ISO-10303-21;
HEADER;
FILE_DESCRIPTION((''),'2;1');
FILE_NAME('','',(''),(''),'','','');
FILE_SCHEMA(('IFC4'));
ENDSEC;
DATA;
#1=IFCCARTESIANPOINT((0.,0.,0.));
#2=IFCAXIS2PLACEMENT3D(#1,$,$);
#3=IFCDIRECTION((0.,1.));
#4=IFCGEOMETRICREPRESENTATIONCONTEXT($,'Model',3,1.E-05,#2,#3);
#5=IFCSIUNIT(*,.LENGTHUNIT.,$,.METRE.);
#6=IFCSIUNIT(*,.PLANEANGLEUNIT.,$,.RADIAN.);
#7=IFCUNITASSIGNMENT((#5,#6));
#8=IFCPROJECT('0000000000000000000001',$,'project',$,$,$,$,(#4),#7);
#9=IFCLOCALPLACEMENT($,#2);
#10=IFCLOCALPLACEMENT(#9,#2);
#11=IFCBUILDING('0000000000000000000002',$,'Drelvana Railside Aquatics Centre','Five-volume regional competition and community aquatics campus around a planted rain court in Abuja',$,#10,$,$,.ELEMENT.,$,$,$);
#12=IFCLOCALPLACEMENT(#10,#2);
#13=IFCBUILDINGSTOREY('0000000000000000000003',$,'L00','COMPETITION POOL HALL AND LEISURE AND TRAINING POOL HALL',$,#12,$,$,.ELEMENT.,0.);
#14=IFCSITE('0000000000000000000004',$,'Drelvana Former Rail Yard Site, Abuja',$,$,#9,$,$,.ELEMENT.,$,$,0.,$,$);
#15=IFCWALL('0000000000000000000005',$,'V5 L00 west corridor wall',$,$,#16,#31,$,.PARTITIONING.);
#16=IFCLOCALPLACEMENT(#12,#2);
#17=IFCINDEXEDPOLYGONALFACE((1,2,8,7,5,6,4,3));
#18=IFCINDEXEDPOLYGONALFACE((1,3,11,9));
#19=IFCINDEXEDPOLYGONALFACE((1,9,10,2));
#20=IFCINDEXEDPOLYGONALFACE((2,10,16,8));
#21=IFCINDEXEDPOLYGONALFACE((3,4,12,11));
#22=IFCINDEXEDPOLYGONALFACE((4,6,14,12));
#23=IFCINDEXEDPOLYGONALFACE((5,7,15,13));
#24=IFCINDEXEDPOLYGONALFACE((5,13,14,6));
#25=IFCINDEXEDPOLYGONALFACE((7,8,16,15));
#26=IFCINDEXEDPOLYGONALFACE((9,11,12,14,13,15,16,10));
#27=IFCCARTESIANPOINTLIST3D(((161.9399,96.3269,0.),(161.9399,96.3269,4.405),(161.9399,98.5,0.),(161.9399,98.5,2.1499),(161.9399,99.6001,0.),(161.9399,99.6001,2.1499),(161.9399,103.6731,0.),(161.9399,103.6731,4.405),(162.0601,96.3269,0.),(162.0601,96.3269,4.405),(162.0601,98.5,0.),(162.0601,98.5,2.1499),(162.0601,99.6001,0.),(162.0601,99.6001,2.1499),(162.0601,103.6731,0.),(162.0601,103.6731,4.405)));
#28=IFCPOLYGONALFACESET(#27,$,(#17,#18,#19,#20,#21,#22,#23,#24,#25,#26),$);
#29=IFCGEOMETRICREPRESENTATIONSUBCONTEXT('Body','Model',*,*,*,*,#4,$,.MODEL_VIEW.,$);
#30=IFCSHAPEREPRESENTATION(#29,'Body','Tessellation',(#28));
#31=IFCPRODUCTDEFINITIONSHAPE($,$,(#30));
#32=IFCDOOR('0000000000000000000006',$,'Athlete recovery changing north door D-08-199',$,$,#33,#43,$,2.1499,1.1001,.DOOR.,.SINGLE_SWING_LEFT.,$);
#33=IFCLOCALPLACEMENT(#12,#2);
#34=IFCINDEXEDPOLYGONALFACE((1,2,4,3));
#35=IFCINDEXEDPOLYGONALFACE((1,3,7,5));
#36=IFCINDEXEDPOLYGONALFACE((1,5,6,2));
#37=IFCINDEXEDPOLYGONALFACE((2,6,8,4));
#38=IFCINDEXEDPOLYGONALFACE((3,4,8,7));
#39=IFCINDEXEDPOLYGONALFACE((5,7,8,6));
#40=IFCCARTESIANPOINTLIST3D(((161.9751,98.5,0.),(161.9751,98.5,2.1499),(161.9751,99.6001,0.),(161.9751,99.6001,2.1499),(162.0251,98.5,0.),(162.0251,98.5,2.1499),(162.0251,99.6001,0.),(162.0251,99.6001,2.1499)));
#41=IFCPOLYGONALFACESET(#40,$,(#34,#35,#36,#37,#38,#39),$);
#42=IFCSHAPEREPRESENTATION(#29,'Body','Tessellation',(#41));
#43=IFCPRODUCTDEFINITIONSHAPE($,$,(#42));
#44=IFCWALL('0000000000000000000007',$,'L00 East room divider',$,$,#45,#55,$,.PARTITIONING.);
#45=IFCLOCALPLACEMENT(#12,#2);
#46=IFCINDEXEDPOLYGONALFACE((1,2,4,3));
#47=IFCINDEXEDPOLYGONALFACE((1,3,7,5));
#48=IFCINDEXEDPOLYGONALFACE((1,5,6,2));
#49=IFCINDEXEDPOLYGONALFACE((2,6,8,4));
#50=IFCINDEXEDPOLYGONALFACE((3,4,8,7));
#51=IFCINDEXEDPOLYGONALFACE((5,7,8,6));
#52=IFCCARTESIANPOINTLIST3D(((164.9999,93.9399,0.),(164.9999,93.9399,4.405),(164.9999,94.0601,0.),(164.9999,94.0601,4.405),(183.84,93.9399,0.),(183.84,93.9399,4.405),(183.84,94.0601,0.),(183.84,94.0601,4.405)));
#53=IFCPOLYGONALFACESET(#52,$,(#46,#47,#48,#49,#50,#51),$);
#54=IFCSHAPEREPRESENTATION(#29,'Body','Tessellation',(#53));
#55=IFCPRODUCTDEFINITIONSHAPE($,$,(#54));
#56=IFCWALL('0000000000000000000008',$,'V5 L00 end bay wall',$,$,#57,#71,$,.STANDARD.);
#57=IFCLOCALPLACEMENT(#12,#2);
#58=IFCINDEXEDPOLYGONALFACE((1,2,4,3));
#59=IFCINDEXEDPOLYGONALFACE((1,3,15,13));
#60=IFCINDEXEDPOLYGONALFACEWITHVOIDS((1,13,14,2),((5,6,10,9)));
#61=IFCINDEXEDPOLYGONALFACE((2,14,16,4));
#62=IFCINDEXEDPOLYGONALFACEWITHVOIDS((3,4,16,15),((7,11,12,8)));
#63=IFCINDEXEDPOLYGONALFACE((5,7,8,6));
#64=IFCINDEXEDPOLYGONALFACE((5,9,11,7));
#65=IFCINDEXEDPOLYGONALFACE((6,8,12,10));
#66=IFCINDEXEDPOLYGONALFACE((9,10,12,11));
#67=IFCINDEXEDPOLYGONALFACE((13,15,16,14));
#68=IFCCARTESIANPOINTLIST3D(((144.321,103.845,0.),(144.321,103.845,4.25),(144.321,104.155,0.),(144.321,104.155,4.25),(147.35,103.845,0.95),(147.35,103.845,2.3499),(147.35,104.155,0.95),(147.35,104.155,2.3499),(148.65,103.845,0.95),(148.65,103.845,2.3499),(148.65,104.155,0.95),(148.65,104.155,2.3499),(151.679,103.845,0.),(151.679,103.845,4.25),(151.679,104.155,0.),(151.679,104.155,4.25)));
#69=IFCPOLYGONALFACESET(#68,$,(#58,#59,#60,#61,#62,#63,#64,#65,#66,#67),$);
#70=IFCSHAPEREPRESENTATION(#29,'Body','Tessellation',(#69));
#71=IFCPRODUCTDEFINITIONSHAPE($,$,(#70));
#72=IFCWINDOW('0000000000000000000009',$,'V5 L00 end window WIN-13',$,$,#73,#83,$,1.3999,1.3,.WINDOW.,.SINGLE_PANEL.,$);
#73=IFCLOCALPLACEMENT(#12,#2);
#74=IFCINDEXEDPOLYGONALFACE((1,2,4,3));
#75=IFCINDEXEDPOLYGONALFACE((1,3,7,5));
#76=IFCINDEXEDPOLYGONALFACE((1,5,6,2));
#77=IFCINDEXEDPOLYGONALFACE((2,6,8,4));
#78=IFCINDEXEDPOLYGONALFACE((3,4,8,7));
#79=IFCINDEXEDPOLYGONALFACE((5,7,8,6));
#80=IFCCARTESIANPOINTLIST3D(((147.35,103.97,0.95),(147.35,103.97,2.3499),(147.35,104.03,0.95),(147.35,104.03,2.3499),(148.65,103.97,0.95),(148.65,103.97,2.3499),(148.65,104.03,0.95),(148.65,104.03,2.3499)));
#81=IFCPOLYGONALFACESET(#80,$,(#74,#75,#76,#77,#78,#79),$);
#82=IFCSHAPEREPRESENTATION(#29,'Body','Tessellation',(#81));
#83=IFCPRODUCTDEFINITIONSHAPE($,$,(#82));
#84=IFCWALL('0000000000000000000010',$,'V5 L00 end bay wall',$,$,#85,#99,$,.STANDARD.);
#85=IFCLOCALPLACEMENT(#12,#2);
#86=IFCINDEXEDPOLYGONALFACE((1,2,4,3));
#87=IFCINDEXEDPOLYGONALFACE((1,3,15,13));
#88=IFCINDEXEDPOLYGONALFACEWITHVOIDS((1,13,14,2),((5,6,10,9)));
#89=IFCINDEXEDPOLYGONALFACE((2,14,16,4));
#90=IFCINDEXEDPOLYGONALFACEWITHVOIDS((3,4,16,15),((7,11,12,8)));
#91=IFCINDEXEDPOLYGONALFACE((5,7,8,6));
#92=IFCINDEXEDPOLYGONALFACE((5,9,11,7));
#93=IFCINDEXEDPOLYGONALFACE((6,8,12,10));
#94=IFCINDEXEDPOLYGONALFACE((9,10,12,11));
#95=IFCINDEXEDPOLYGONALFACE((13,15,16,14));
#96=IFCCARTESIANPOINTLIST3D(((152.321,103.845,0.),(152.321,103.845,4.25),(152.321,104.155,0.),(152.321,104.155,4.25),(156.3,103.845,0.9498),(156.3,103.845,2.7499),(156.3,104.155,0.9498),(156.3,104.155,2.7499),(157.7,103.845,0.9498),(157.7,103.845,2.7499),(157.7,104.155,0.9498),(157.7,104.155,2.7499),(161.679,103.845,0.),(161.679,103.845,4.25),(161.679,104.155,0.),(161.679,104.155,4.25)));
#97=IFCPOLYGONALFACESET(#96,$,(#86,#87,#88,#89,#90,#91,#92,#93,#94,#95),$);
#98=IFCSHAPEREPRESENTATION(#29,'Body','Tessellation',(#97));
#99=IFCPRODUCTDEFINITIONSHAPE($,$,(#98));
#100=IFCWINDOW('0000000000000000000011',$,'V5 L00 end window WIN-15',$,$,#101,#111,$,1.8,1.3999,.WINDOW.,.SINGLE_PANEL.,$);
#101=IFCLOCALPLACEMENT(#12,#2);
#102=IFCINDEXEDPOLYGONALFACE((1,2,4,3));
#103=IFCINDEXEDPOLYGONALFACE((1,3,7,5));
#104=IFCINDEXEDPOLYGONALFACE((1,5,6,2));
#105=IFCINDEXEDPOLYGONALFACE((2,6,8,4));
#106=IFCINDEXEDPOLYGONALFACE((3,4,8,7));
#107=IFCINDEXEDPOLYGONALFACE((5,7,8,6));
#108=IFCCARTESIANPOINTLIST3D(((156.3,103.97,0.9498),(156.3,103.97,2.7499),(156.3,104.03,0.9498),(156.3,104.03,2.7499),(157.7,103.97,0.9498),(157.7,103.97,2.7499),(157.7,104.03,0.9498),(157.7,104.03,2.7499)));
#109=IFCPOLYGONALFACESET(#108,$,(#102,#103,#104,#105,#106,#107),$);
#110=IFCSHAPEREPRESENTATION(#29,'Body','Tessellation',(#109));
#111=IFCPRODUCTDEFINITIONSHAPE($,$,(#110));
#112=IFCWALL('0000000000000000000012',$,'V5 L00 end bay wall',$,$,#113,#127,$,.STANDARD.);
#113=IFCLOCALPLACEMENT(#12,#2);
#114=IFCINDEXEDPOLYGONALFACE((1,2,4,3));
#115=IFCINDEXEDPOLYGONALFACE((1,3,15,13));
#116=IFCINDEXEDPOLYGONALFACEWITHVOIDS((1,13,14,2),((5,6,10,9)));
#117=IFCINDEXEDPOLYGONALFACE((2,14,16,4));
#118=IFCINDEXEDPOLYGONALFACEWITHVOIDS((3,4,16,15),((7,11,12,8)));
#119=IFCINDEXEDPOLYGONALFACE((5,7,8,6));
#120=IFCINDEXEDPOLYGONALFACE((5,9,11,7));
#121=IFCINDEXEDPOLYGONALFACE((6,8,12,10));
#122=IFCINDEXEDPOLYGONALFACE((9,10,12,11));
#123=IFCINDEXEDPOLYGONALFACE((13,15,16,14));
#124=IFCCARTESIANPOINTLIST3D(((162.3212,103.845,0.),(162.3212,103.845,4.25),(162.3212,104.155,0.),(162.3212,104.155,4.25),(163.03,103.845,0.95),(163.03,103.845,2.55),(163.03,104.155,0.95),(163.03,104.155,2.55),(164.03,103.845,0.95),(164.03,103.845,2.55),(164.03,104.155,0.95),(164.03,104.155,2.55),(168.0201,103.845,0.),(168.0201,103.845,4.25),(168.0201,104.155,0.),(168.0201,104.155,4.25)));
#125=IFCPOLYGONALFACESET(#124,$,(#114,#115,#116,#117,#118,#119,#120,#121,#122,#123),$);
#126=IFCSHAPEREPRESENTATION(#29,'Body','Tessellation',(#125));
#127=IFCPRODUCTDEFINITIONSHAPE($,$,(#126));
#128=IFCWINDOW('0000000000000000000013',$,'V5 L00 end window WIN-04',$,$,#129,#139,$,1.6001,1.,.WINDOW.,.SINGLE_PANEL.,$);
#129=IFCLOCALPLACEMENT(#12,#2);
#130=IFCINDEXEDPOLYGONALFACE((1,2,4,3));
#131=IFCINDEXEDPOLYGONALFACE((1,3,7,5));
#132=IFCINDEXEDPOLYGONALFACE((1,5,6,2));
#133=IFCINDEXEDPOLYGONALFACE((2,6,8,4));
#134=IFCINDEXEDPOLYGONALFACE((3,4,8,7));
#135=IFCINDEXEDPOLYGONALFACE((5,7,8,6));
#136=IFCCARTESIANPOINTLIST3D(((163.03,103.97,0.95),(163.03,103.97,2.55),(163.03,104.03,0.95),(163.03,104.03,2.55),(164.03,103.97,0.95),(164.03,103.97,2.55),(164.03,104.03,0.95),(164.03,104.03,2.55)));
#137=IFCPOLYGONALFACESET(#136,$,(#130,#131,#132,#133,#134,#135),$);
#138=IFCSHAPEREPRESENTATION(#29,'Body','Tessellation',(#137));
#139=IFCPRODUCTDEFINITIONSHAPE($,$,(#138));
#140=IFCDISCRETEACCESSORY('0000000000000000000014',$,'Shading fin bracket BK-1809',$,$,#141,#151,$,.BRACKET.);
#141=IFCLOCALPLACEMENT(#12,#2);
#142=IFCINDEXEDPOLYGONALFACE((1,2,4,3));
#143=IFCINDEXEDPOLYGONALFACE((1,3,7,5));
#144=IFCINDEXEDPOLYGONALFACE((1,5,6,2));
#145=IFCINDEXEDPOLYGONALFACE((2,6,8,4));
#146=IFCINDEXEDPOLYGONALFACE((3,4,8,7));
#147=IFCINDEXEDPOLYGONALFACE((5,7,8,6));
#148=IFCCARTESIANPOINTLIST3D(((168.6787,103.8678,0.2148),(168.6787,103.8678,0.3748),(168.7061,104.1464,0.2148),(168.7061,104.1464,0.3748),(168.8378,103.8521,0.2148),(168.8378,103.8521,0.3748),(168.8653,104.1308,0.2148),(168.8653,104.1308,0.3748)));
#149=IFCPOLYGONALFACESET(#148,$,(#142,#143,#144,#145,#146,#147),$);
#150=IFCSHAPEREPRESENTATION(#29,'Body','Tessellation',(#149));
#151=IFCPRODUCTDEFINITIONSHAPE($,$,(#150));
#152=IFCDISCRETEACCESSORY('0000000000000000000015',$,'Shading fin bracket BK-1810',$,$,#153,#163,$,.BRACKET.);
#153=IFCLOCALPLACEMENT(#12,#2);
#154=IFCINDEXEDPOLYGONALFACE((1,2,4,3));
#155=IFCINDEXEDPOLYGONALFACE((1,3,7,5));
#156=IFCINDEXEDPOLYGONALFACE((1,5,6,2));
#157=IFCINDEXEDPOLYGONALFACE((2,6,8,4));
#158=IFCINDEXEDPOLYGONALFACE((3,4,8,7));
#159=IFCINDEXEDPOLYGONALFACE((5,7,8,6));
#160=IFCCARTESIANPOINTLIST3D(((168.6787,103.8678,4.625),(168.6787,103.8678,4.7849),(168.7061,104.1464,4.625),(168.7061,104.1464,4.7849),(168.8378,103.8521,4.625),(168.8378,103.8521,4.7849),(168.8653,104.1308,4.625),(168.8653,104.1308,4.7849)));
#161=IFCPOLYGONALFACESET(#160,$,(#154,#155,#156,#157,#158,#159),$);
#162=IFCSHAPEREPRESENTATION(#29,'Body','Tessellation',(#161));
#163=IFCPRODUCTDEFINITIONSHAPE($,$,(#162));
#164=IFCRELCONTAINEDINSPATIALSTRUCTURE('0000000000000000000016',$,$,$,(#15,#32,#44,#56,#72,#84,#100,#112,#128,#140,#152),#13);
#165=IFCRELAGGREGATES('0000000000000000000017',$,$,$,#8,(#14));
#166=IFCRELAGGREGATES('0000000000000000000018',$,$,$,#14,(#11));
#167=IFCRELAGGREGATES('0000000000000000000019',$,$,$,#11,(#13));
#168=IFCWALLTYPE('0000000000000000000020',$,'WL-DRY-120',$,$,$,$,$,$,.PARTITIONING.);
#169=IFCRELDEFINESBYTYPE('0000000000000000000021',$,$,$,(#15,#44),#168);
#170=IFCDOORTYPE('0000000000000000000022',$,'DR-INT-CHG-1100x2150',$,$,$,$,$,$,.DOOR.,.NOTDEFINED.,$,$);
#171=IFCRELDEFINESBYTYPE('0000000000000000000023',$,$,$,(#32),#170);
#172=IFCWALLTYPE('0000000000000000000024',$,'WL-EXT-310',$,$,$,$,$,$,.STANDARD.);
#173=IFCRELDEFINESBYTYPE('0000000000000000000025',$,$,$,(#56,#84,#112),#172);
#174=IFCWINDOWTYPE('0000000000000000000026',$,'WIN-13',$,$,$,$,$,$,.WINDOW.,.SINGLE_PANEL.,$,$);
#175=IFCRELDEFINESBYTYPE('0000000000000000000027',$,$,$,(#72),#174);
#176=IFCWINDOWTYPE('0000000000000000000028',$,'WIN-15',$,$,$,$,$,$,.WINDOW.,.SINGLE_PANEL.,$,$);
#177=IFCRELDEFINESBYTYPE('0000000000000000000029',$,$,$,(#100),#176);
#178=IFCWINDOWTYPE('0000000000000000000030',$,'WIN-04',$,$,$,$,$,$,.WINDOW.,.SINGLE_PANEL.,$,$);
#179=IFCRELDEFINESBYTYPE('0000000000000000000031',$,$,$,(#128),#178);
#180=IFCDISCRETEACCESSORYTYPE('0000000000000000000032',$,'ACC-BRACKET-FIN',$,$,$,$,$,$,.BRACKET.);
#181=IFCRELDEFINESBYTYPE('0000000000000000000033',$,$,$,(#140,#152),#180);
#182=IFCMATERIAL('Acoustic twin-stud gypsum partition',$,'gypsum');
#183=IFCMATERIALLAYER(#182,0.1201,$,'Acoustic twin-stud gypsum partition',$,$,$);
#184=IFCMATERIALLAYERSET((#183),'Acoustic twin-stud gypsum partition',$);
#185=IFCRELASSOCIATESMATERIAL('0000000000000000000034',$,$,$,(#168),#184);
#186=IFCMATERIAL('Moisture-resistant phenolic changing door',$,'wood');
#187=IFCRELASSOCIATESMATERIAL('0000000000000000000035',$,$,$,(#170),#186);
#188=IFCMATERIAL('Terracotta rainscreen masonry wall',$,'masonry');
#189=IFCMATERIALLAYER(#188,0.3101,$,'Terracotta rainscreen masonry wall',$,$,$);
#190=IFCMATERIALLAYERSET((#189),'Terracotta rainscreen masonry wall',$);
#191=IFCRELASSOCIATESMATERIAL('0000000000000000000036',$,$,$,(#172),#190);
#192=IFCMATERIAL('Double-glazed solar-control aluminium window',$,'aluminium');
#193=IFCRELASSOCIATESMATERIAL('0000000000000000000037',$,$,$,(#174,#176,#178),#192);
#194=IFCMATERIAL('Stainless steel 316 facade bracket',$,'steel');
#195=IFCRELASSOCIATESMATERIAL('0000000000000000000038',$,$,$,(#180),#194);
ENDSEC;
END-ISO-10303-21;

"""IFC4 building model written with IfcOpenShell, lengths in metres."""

from ifc_helpers import new_model, si_unit, direction, frame, frame_2d, origin, origin_2d, place, context, subcontext, project, spatial, rectangle, extrude, material, layer, layer_set, type_object, element, fill, save


model = new_model("IFC4")

# Units and contexts
model_context = context("Model", 3, precision=1e-05, world=origin(), true_north=direction((0.0, 1.0)))
body_context = subcontext(model_context, "Body", "Model", "MODEL_VIEW")
ifc_project = project(units=[si_unit("LENGTHUNIT", "METRE"), si_unit("PLANEANGLEUNIT", "RADIAN")], contexts=[model_context])

# Site, building, storey
site_placement = place(None, origin())
site = spatial("IfcSite", under=ifc_project, at=site_placement, Name="Drelvana Former Rail Yard Site, Abuja", CompositionType="ELEMENT", RefElevation=0.0)
building_placement = place(site_placement, origin())
building = spatial("IfcBuilding", under=site, at=building_placement, Name="Drelvana Railside Aquatics Centre", Description="Five-volume regional competition and community aquatics campus around a planted rain court in Abuja", CompositionType="ELEMENT")
storey_placement = place(building_placement, origin())
storey = spatial("IfcBuildingStorey", under=building, at=storey_placement, Name="L00", Description="COMPETITION POOL HALL AND LEISURE AND TRAINING POOL HALL", CompositionType="ELEMENT", Elevation=0.0)

# Shared definitions
ifc_material_1 = material(Name="Acoustic twin-stud gypsum partition", Category="gypsum")
ifc_layer_1 = layer(ifc_material_1, 0.1201, Name="Acoustic twin-stud gypsum partition")
ifc_layer_set_1 = layer_set([ifc_layer_1], Name="Acoustic twin-stud gypsum partition")
wall_type_1 = type_object("IfcWallType", Name="WL-DRY-120", PredefinedType="PARTITIONING", material=ifc_layer_set_1)

# Wall, opening, door
wall_1_placement = place(storey_placement, frame((162.0, 96.3269, 0.0), z_axis=(0.0, 0.0, 1.0), x_axis=(0.0, 1.0, 0.0)))
wall_1 = element("IfcWall", 1, at=wall_1_placement, inside=storey, type_object=wall_type_1, Name="V5 L00 west corridor wall", PredefinedType="PARTITIONING", context=body_context, shape_type="SweptSolid", body=[
    extrude(rectangle(XDim=7.3462, YDim=0.1201, at=frame_2d((3.6731, 0.0))), origin(), (0.0, 0.0, 1.0), 4.405),
])
opening_1_placement = place(wall_1_placement, frame((2.1731, 0.0, 0.0)))
opening_1 = element("IfcOpeningElement", 2, at=opening_1_placement, cuts=wall_1, PredefinedType="OPENING", context=body_context, shape_type="SweptSolid", body=[
    extrude(rectangle(XDim=1.1001, YDim=2.1499, at=frame_2d((0.55, 1.075))), frame((0.0, 0.0701, 0.0), z_axis=(0.0, -1.0, 0.0), x_axis=(1.0, 0.0, 0.0)), (0.0, 0.0, 1.0), 0.1401),
])
ifc_material_2 = material(Name="Moisture-resistant phenolic changing door", Category="wood")
door_type = type_object("IfcDoorType", Name="DR-INT-CHG-1100x2150", OperationType="NOTDEFINED", PredefinedType="DOOR", material=ifc_material_2)
door_placement = place(opening_1_placement, origin())
door = element("IfcDoor", 3, at=door_placement, inside=storey, type_object=door_type, Name="Athlete recovery changing north door D-08-199", OperationType="SINGLE_SWING_LEFT", OverallHeight=2.1499, OverallWidth=1.1001, PredefinedType="DOOR", context=body_context, shape_type="SweptSolid", body=[
    extrude(rectangle(XDim=1.1001, YDim=2.1499, at=frame_2d((0.55, 1.075))), frame((0.0, 0.0249, 0.0), z_axis=(0.0, -1.0, 0.0), x_axis=(1.0, 0.0, 0.0)), (0.0, 0.0, 1.0), 0.05),
])
fill(opening_1, door)

# Wall
wall_2_placement = place(storey_placement, frame((165.0, 94.0, 0.0), z_axis=(0.0, 0.0, 1.0), x_axis=(1.0, 0.0, 0.0)))
element("IfcWall", 4, at=wall_2_placement, inside=storey, type_object=wall_type_1, Name="L00 East room divider", PredefinedType="PARTITIONING", context=body_context, shape_type="SweptSolid", body=[
    extrude(rectangle(XDim=18.8401, YDim=0.1201, at=frame_2d((9.4199, 0.0))), origin(), (0.0, 0.0, 1.0), 4.405),
])

# Walls, openings, windows
ifc_material_3 = material(Name="Terracotta rainscreen masonry wall", Category="masonry")
ifc_layer_2 = layer(ifc_material_3, 0.3101, Name="Terracotta rainscreen masonry wall")
ifc_layer_set_2 = layer_set([ifc_layer_2], Name="Terracotta rainscreen masonry wall")
wall_type_2 = type_object("IfcWallType", Name="WL-EXT-310", PredefinedType="STANDARD", material=ifc_layer_set_2)
wall_3_placement = place(storey_placement, frame((144.321, 104.0, 0.0), z_axis=(0.0, 0.0, 1.0), x_axis=(1.0, 0.0, 0.0)))
wall_3 = element("IfcWall", 5, at=wall_3_placement, inside=storey, type_object=wall_type_2, Name="V5 L00 end bay wall", PredefinedType="STANDARD", context=body_context, shape_type="SweptSolid", body=[
    extrude(rectangle(XDim=7.3579, YDim=0.3101, at=frame_2d((3.679, 0.0))), origin(), (0.0, 0.0, 1.0), 4.25),
])
opening_2_placement = place(wall_3_placement, frame((3.0291, 0.0, 0.95)))
opening_2 = element("IfcOpeningElement", 6, at=opening_2_placement, cuts=wall_3, PredefinedType="OPENING", context=body_context, shape_type="SweptSolid", body=[
    extrude(rectangle(XDim=1.3, YDim=1.3999, at=frame_2d((0.6499, 0.7))), frame((0.0, 0.165, 0.0), z_axis=(0.0, -1.0, 0.0), x_axis=(1.0, 0.0, 0.0)), (0.0, 0.0, 1.0), 0.3301),
])
ifc_material_4 = material(Name="Double-glazed solar-control aluminium window", Category="aluminium")
window_type_1 = type_object("IfcWindowType", Name="WIN-13", PartitioningType="SINGLE_PANEL", PredefinedType="WINDOW", material=ifc_material_4)
window_1_placement = place(opening_2_placement, origin())
window_1 = element("IfcWindow", 7, at=window_1_placement, inside=storey, type_object=window_type_1, Name="V5 L00 end window WIN-13", OverallHeight=1.3999, OverallWidth=1.3, PartitioningType="SINGLE_PANEL", PredefinedType="WINDOW", context=body_context, shape_type="SweptSolid", body=[
    extrude(rectangle(XDim=1.3, YDim=1.3999, at=frame_2d((0.6499, 0.7))), frame((0.0, 0.03, 0.0), z_axis=(0.0, -1.0, 0.0), x_axis=(1.0, 0.0, 0.0)), (0.0, 0.0, 1.0), 0.0601),
])
fill(opening_2, window_1)
wall_4_placement = place(storey_placement, frame((152.321, 104.0, 0.0), z_axis=(0.0, 0.0, 1.0), x_axis=(1.0, 0.0, 0.0)))
wall_4 = element("IfcWall", 8, at=wall_4_placement, inside=storey, type_object=wall_type_2, Name="V5 L00 end bay wall", PredefinedType="STANDARD", context=body_context, shape_type="SweptSolid", body=[
    extrude(rectangle(XDim=9.3579, YDim=0.3101, at=frame_2d((4.679, 0.0))), origin(), (0.0, 0.0, 1.0), 4.25),
])
opening_3_placement = place(wall_4_placement, frame((3.979, 0.0, 0.95)))
opening_3 = element("IfcOpeningElement", 9, at=opening_3_placement, cuts=wall_4, PredefinedType="OPENING", context=body_context, shape_type="SweptSolid", body=[
    extrude(rectangle(XDim=1.3999, YDim=1.8, at=frame_2d((0.7, 0.8999))), frame((0.0, 0.165, 0.0), z_axis=(0.0, -1.0, 0.0), x_axis=(1.0, 0.0, 0.0)), (0.0, 0.0, 1.0), 0.3301),
])
window_type_2 = type_object("IfcWindowType", Name="WIN-15", PartitioningType="SINGLE_PANEL", PredefinedType="WINDOW", material=ifc_material_4)
window_2_placement = place(opening_3_placement, origin())
window_2 = element("IfcWindow", 10, at=window_2_placement, inside=storey, type_object=window_type_2, Name="V5 L00 end window WIN-15", OverallHeight=1.8, OverallWidth=1.3999, PartitioningType="SINGLE_PANEL", PredefinedType="WINDOW", context=body_context, shape_type="SweptSolid", body=[
    extrude(rectangle(XDim=1.3999, YDim=1.8, at=frame_2d((0.7, 0.8999))), frame((0.0, 0.03, 0.0), z_axis=(0.0, -1.0, 0.0), x_axis=(1.0, 0.0, 0.0)), (0.0, 0.0, 1.0), 0.0601),
])
fill(opening_3, window_2)
wall_5_placement = place(storey_placement, frame((162.321, 104.0, 0.0), z_axis=(0.0, 0.0, 1.0), x_axis=(1.0, 0.0, 0.0)))
wall_5 = element("IfcWall", 11, at=wall_5_placement, inside=storey, type_object=wall_type_2, Name="V5 L00 end bay wall", PredefinedType="STANDARD", context=body_context, shape_type="SweptSolid", body=[
    extrude(rectangle(XDim=5.699, YDim=0.3101, at=frame_2d((2.8496, 0.0))), origin(), (0.0, 0.0, 1.0), 4.25),
])
opening_4_placement = place(wall_5_placement, frame((0.709, 0.0, 0.95)))
opening_4 = element("IfcOpeningElement", 12, at=opening_4_placement, cuts=wall_5, PredefinedType="OPENING", context=body_context, shape_type="SweptSolid", body=[
    extrude(rectangle(XDim=1.0, YDim=1.6001, at=frame_2d((0.5, 0.8))), frame((0.0, 0.165, 0.0), z_axis=(0.0, -1.0, 0.0), x_axis=(1.0, 0.0, 0.0)), (0.0, 0.0, 1.0), 0.3301),
])
window_type_3 = type_object("IfcWindowType", Name="WIN-04", PartitioningType="SINGLE_PANEL", PredefinedType="WINDOW", material=ifc_material_4)
window_3_placement = place(opening_4_placement, origin())
window_3 = element("IfcWindow", 13, at=window_3_placement, inside=storey, type_object=window_type_3, Name="V5 L00 end window WIN-04", OverallHeight=1.6001, OverallWidth=1.0, PartitioningType="SINGLE_PANEL", PredefinedType="WINDOW", context=body_context, shape_type="SweptSolid", body=[
    extrude(rectangle(XDim=1.0, YDim=1.6001, at=frame_2d((0.5, 0.8))), frame((0.0, 0.03, 0.0), z_axis=(0.0, -1.0, 0.0), x_axis=(1.0, 0.0, 0.0)), (0.0, 0.0, 1.0), 0.0601),
])
fill(opening_4, window_3)

# Discrete accessories
ifc_material_5 = material(Name="Stainless steel 316 facade bracket", Category="steel")
discrete_accessory_type = type_object("IfcDiscreteAccessoryType", Name="ACC-BRACKET-FIN", PredefinedType="BRACKET", material=ifc_material_5)
for number, where, z_axis, x_axis, name in (
    (14, (168.772, 103.9993, 0.2148), (0.0, 0.0, 1.0), (0.098017, 0.995185, 0.0), "Shading fin bracket BK-1809"),
    (15, (168.772, 103.9993, 4.625), (0.0, 0.0, 1.0), (0.098017, 0.995185, 0.0), "Shading fin bracket BK-1810"),
):
    element("IfcDiscreteAccessory", number, at=place(storey_placement, frame(where, z_axis=z_axis, x_axis=x_axis)), inside=storey, type_object=discrete_accessory_type, Name=name, PredefinedType="BRACKET", context=body_context, shape_type="SweptSolid", body=[
        extrude(rectangle(XDim=0.28, YDim=0.1599, at=origin_2d()), origin(), (0.0, 0.0, 1.0), 0.1599),
    ])

save(model, "model.ifc")
